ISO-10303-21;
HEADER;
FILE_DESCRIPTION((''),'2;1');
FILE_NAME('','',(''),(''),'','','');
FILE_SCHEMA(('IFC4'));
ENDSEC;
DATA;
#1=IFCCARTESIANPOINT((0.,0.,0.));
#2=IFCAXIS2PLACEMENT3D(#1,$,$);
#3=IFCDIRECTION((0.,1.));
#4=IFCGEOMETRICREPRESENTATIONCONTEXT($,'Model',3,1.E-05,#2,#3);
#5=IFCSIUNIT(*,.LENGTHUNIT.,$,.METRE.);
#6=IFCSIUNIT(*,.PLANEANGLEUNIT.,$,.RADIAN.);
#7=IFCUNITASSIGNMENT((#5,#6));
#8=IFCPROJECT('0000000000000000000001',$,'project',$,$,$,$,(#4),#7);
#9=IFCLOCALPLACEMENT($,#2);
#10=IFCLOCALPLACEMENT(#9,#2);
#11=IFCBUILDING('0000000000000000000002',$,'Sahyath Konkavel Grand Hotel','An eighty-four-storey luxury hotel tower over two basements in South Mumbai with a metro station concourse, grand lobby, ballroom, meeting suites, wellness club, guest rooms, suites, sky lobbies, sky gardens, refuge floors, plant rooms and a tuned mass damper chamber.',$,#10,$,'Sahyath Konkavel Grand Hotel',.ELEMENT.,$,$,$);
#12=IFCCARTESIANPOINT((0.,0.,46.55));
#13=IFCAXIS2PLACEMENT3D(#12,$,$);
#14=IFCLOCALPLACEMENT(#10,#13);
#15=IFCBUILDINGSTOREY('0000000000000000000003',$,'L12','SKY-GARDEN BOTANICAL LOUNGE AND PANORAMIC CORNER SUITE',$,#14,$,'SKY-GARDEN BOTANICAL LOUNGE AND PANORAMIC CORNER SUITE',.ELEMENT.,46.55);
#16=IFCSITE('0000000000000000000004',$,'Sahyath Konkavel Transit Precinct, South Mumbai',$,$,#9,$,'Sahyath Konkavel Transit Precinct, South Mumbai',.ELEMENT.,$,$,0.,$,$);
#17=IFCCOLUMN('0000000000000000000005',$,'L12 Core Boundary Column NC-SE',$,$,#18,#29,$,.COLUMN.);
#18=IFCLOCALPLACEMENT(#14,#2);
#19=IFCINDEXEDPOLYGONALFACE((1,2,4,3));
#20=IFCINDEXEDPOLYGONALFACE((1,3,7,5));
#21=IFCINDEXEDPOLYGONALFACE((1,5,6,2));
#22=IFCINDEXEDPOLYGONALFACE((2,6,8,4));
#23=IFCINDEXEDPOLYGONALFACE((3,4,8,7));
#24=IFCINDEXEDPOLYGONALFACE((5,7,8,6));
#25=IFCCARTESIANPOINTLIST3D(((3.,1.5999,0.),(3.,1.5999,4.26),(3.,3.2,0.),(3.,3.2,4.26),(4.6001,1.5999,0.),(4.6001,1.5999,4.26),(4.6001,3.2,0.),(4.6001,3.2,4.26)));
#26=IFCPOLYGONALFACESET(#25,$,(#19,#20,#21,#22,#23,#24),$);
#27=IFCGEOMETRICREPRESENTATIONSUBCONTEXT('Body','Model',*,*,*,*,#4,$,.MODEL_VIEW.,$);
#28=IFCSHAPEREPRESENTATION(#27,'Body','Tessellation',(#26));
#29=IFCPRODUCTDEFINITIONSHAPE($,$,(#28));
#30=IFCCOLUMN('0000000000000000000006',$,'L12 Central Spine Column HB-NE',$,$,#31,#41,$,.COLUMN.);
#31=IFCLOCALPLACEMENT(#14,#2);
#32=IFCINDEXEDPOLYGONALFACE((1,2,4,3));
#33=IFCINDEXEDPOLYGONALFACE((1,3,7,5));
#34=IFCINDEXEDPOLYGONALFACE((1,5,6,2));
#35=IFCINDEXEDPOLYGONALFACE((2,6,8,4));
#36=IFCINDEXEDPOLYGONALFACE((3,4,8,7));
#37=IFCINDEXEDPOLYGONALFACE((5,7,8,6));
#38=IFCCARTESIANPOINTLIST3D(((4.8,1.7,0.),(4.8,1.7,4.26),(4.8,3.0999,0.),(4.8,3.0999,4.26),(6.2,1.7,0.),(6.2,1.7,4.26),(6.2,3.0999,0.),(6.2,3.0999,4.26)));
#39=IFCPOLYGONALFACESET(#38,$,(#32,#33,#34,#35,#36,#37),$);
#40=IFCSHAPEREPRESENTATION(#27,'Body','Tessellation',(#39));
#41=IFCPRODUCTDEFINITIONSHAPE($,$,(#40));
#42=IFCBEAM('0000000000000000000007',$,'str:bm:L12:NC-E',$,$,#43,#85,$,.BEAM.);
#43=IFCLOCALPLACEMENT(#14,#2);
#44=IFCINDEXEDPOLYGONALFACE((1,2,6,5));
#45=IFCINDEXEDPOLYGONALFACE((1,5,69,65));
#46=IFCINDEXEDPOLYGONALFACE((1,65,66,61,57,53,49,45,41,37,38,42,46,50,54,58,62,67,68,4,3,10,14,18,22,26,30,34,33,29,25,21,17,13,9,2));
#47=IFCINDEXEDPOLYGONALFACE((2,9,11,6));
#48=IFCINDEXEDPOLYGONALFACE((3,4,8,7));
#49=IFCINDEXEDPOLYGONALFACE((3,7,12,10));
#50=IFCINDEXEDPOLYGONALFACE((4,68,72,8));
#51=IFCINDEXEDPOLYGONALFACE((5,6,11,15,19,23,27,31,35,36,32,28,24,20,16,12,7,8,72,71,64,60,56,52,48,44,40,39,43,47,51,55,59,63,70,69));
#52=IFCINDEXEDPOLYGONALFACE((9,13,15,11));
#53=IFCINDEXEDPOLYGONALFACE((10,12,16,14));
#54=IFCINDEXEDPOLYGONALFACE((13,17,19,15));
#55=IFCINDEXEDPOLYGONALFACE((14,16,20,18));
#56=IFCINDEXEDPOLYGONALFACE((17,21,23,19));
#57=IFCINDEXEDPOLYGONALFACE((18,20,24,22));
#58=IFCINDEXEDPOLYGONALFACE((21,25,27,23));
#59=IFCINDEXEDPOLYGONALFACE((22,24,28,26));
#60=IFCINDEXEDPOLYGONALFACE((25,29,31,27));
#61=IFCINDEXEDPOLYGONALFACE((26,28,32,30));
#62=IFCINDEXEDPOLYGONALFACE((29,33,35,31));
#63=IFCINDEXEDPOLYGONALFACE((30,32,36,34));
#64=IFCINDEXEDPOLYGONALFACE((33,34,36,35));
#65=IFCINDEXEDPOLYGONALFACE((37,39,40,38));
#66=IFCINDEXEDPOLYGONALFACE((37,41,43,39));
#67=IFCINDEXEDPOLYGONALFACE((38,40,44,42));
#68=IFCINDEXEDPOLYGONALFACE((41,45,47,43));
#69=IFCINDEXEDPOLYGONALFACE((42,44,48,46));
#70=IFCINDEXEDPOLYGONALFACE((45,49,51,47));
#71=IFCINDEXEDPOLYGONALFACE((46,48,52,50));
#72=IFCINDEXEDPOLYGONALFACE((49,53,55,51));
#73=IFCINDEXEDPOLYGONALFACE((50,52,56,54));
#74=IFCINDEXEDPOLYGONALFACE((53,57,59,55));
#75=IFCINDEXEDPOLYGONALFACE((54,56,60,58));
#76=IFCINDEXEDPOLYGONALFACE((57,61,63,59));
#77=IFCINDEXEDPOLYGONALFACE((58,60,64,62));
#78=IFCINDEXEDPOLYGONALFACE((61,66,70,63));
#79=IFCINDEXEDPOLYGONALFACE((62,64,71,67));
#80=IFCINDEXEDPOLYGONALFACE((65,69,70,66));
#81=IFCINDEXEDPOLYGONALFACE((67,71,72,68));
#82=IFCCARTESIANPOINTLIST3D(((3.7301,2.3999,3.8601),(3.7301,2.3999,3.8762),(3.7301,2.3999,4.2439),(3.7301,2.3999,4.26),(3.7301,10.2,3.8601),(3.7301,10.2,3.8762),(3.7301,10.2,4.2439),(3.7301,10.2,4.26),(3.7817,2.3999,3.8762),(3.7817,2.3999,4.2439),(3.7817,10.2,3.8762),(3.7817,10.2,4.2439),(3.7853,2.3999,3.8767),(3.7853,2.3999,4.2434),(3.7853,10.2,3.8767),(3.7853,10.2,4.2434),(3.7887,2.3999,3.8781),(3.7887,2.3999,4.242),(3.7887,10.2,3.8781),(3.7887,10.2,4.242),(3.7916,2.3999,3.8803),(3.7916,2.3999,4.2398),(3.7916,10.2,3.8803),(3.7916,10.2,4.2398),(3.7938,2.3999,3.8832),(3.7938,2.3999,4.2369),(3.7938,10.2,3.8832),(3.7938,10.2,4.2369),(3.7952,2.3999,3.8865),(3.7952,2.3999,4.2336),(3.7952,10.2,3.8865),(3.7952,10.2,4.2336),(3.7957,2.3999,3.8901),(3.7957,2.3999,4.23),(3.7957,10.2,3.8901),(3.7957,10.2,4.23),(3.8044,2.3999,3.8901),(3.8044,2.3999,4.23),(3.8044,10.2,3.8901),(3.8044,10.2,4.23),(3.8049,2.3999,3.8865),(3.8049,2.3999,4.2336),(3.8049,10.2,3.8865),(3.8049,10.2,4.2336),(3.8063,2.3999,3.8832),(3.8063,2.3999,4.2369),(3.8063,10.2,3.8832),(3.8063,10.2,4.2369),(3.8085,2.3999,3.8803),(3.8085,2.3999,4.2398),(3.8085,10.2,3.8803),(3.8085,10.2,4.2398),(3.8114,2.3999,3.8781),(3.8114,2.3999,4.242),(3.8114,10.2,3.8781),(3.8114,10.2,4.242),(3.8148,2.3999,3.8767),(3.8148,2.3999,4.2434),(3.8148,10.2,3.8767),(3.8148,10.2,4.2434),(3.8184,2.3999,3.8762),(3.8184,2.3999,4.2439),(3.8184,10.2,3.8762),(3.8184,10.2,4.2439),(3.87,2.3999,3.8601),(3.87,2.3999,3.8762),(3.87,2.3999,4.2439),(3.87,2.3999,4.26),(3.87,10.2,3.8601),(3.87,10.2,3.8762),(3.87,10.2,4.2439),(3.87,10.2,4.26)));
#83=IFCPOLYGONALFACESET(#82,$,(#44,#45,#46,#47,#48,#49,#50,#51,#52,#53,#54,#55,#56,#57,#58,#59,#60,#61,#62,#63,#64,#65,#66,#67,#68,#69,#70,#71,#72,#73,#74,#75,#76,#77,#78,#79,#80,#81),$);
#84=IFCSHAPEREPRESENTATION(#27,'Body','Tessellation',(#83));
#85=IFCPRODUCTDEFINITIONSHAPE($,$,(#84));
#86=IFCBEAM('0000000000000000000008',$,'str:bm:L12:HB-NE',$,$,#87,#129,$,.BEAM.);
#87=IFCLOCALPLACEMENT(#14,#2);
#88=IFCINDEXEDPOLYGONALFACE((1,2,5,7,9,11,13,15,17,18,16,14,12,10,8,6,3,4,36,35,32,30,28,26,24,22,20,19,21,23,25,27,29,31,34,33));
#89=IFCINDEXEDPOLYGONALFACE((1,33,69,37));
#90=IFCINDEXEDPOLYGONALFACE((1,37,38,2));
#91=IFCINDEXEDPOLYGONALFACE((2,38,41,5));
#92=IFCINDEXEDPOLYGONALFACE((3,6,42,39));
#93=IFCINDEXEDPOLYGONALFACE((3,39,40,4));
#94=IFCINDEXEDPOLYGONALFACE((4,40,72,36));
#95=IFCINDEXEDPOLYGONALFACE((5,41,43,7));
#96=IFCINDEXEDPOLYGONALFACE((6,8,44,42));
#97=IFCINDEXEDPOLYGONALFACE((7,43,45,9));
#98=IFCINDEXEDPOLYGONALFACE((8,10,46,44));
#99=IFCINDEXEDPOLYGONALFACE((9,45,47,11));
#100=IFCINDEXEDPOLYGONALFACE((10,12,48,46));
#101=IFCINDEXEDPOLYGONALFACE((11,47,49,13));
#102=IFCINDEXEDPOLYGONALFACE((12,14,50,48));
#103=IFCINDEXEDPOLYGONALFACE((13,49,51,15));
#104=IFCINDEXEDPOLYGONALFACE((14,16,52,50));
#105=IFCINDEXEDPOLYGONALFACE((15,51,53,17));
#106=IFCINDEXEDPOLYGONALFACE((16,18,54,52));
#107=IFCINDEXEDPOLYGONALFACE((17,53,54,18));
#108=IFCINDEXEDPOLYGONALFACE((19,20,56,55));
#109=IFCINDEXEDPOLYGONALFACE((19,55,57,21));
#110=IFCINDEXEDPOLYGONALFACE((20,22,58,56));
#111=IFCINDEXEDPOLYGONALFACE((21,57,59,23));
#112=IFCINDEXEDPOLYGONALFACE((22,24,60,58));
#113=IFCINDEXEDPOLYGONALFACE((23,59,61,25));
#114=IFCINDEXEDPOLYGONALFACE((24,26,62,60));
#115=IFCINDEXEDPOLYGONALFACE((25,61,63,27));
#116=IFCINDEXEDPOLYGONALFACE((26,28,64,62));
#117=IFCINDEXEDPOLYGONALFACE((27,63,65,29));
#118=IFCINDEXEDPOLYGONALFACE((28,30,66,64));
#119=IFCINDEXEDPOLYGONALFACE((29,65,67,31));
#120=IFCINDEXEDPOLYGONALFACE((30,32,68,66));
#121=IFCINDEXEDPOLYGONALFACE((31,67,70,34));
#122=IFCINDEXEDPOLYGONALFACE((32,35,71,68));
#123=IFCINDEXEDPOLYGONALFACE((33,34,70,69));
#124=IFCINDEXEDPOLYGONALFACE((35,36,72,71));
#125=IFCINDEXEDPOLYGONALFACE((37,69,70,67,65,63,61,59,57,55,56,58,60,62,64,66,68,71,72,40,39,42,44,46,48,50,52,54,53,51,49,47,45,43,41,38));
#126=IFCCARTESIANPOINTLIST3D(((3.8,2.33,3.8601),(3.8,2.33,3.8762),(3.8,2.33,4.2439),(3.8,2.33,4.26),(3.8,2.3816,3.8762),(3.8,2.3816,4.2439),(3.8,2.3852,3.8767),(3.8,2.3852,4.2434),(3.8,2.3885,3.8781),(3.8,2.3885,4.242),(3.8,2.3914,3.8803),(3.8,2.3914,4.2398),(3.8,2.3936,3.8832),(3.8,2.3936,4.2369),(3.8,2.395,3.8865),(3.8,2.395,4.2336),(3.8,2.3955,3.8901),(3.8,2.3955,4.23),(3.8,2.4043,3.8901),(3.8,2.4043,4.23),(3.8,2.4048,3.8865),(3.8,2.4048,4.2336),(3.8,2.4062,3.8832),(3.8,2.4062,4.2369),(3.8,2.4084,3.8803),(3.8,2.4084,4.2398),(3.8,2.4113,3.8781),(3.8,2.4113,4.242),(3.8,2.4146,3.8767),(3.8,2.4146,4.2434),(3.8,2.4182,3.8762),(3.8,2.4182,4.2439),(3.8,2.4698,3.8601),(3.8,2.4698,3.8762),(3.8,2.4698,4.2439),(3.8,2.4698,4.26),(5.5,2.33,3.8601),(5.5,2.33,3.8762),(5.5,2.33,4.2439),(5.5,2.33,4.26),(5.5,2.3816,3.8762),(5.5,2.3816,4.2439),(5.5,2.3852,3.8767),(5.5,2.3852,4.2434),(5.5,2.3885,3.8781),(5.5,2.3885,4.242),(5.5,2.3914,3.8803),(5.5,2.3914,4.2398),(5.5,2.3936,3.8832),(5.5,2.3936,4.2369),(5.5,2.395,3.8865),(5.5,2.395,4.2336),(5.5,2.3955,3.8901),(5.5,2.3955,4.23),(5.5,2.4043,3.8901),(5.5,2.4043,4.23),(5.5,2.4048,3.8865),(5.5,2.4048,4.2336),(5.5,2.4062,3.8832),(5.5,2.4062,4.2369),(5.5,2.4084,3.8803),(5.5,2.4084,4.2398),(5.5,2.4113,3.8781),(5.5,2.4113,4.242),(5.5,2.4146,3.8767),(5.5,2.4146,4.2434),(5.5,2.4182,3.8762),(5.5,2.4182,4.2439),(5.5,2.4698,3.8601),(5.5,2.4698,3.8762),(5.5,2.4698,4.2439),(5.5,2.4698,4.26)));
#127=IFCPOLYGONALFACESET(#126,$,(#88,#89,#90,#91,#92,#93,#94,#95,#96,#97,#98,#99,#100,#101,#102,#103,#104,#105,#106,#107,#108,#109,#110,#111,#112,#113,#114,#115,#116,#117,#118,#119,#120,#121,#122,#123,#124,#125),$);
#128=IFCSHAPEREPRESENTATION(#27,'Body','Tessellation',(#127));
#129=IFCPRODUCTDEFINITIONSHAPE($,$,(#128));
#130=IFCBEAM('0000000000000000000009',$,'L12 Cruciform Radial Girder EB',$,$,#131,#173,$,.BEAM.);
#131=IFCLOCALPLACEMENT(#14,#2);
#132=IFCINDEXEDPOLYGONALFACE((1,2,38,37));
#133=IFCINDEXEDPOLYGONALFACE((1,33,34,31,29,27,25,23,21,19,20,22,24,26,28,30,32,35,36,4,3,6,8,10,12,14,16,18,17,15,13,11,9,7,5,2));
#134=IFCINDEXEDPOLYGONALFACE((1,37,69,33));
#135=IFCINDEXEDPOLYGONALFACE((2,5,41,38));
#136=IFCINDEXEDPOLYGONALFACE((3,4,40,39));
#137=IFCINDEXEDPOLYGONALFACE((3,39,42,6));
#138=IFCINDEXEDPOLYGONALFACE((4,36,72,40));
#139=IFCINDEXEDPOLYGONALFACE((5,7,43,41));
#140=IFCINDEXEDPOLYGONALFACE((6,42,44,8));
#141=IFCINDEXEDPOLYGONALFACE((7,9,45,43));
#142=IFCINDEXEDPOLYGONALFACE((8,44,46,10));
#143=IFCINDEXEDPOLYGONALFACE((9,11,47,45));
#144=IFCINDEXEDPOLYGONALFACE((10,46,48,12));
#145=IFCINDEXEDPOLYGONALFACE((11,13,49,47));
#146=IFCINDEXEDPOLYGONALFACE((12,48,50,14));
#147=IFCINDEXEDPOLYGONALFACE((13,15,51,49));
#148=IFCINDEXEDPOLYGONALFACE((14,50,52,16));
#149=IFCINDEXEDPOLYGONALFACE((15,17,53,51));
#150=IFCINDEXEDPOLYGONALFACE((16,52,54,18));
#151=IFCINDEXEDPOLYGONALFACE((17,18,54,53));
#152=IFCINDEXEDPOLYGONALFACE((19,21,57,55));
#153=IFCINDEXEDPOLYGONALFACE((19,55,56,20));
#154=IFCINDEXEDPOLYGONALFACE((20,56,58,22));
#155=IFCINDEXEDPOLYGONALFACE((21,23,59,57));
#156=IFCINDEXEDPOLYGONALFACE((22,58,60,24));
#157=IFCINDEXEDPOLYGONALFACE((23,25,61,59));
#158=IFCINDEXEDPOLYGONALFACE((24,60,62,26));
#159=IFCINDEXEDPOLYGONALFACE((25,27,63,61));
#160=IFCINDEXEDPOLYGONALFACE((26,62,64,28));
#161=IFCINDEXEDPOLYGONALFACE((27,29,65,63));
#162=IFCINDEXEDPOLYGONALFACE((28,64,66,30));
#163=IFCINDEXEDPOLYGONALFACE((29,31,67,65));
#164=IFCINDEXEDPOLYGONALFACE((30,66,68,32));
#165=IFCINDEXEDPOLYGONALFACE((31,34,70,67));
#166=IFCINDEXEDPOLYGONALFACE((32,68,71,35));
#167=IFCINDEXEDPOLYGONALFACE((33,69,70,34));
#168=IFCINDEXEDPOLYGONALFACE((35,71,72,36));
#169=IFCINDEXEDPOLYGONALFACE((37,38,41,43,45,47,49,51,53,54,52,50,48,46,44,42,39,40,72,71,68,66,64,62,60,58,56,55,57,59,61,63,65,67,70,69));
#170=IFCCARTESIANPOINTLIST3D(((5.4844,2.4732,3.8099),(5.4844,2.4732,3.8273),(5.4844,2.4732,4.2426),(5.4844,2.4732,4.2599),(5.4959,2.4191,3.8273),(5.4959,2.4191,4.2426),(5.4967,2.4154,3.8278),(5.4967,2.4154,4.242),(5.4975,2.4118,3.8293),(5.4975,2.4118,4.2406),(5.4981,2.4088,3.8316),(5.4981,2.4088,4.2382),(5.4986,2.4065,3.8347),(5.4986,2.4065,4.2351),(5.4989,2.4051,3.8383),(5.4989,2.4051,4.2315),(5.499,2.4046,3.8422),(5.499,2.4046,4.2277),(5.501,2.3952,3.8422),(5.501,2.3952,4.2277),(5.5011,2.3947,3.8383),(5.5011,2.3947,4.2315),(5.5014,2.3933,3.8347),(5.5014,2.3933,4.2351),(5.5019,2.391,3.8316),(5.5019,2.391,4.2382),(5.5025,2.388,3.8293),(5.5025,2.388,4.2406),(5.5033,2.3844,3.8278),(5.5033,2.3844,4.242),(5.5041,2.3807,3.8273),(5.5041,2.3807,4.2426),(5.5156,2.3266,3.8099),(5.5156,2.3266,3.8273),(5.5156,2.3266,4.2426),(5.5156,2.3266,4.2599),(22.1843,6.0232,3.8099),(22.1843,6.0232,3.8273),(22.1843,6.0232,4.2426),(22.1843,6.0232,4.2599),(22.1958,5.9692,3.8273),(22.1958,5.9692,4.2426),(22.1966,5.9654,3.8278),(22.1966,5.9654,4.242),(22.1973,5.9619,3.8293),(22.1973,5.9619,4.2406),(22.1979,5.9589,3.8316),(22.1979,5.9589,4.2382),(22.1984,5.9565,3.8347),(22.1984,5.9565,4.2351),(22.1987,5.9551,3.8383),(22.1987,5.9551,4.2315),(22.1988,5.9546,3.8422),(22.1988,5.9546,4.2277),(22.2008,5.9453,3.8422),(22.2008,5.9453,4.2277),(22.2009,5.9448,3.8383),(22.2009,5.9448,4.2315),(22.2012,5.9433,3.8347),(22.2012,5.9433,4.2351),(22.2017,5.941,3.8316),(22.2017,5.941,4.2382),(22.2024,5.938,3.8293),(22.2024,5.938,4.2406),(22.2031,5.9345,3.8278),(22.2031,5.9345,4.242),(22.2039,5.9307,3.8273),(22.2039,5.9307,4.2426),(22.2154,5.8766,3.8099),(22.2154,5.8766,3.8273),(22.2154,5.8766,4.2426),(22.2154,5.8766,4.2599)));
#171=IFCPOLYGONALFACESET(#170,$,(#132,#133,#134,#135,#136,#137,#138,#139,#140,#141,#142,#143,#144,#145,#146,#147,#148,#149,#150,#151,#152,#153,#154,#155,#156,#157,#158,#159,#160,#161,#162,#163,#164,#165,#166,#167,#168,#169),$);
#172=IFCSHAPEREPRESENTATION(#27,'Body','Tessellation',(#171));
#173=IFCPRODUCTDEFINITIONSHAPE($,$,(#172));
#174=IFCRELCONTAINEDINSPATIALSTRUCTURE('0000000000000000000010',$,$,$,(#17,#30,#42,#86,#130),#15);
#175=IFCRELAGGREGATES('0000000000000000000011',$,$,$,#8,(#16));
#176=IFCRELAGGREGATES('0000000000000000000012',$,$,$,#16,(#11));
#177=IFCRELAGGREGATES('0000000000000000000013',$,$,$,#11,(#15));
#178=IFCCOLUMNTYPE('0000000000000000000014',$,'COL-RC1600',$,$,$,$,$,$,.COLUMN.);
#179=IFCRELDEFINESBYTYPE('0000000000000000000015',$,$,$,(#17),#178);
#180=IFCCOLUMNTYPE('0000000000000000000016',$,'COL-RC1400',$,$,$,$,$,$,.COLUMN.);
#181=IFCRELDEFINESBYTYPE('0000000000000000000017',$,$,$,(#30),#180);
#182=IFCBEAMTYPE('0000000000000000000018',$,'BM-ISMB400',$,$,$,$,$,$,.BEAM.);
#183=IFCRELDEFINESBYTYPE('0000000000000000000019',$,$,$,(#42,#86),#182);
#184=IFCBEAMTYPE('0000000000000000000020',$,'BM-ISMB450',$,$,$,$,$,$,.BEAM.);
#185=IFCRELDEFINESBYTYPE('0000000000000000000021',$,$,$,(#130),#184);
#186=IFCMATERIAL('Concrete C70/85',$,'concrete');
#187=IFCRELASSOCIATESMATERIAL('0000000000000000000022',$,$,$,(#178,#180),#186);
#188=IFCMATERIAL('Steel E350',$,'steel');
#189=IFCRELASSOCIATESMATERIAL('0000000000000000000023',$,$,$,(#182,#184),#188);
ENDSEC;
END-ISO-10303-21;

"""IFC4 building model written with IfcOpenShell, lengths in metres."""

from ifc_helpers import new_model, si_unit, direction, frame, origin, origin_2d, place, context, subcontext, project, spatial, rectangle, i_section, extrude, source, transform, mapped, material, material_profile, profile_set, type_object, element, save


model = new_model("IFC4")

# Units and contexts
model_context = context("Model", 3, precision=1e-05, world=origin(), true_north=direction((0.0, 1.0)))
body_context = subcontext(model_context, "Body", "Model", "MODEL_VIEW")
ifc_project = project(units=[si_unit("LENGTHUNIT", "METRE"), si_unit("PLANEANGLEUNIT", "RADIAN")], contexts=[model_context])

# Site, building, storey
site_placement = place(None, origin())
site = spatial("IfcSite", under=ifc_project, at=site_placement, Name="Sahyath Konkavel Transit Precinct, South Mumbai", LongName="Sahyath Konkavel Transit Precinct, South Mumbai", CompositionType="ELEMENT", RefElevation=0.0)
building_placement = place(site_placement, origin())
building = spatial("IfcBuilding", under=site, at=building_placement, Name="Sahyath Konkavel Grand Hotel", Description="An eighty-four-storey luxury hotel tower over two basements in South Mumbai with a metro station concourse, grand lobby, ballroom, meeting suites, wellness club, guest rooms, suites, sky lobbies, sky gardens, refuge floors, plant rooms and a tuned mass damper chamber.", LongName="Sahyath Konkavel Grand Hotel", CompositionType="ELEMENT")
storey_placement = place(building_placement, frame((0.0, 0.0, 46.55)))
storey = spatial("IfcBuildingStorey", under=building, at=storey_placement, Name="L12", Description="SKY-GARDEN BOTANICAL LOUNGE AND PANORAMIC CORNER SUITE", LongName="SKY-GARDEN BOTANICAL LOUNGE AND PANORAMIC CORNER SUITE", CompositionType="ELEMENT", Elevation=46.55)

# Columns
ifc_material_1 = material(Name="Concrete C70/85", Category="concrete")
ifc_material_profile_1 = material_profile(ifc_material_1, rectangle(XDim=1.6001, YDim=1.6001, at=origin_2d()), Name="RC 1600x1600")
ifc_profile_set_1 = profile_set([ifc_material_profile_1], Name="Concrete C70/85")
column_type_1 = type_object("IfcColumnType", Name="COL-RC1600", PredefinedType="COLUMN", material=ifc_profile_set_1)
shared_shape_1 = source(origin(), body_context, "Body", "SweptSolid", [
    extrude(rectangle(XDim=1.6001, YDim=1.6001, at=origin_2d()), origin(), (0.0, 0.0, 1.0), 4.26),
])
column_1_placement = place(storey_placement, frame((3.8, 2.3999, 0.0), z_axis=(0.0, 0.0, 1.0), x_axis=(1.0, 0.0, 0.0)))
element("IfcColumn", 1, at=column_1_placement, inside=storey, type_object=column_type_1, Name="L12 Core Boundary Column NC-SE", PredefinedType="COLUMN", context=body_context, shape_type="MappedRepresentation", body=[
    mapped(shared_shape_1, transform((0.0, 0.0, 0.0), scale=1.0)),
])
ifc_material_profile_2 = material_profile(ifc_material_1, rectangle(XDim=1.3999, YDim=1.3999, at=origin_2d()), Name="RC 1400x1400")
ifc_profile_set_2 = profile_set([ifc_material_profile_2], Name="Concrete C70/85")
column_type_2 = type_object("IfcColumnType", Name="COL-RC1400", PredefinedType="COLUMN", material=ifc_profile_set_2)
shared_shape_2 = source(origin(), body_context, "Body", "SweptSolid", [
    extrude(rectangle(XDim=1.3999, YDim=1.3999, at=origin_2d()), origin(), (0.0, 0.0, 1.0), 4.26),
])
column_2_placement = place(storey_placement, frame((5.5, 2.3999, 0.0), z_axis=(0.0, 0.0, 1.0), x_axis=(1.0, 0.0, 0.0)))
element("IfcColumn", 2, at=column_2_placement, inside=storey, type_object=column_type_2, Name="L12 Central Spine Column HB-NE", PredefinedType="COLUMN", context=body_context, shape_type="MappedRepresentation", body=[
    mapped(shared_shape_2, transform((0.0, 0.0, 0.0), scale=1.0)),
])

# Beams
ifc_material_2 = material(Name="Steel E350", Category="steel")
ifc_material_profile_3 = material_profile(ifc_material_2, i_section(OverallWidth=0.1399, OverallDepth=0.3999, WebThickness=0.0088, FlangeThickness=0.0161, FilletRadius=0.0139, at=origin_2d()), Name="ISMB 400")
ifc_profile_set_3 = profile_set([ifc_material_profile_3], Name="Steel E350")
beam_type_1 = type_object("IfcBeamType", Name="BM-ISMB400", PredefinedType="BEAM", material=ifc_profile_set_3)
shared_shape_3 = source(origin(), body_context, "Body", "SweptSolid", [
    extrude(i_section(OverallWidth=0.1399, OverallDepth=0.3999, WebThickness=0.0088, FlangeThickness=0.0161, FilletRadius=0.0139, at=origin_2d()), origin(), (0.0, 0.0, 1.0), 7.8),
])
beam_1_placement = place(storey_placement, frame((3.8, 2.3999, 4.0601), z_axis=(0.0, 1.0, 0.0), x_axis=(-1.0, 0.0, 0.0)))
element("IfcBeam", 3, at=beam_1_placement, inside=storey, type_object=beam_type_1, Name="str:bm:L12:NC-E", PredefinedType="BEAM", context=body_context, shape_type="MappedRepresentation", body=[
    mapped(shared_shape_3, transform((0.0, 0.0, 0.0), scale=1.0)),
])
shared_shape_4 = source(origin(), body_context, "Body", "SweptSolid", [
    extrude(i_section(OverallWidth=0.1399, OverallDepth=0.3999, WebThickness=0.0088, FlangeThickness=0.0161, FilletRadius=0.0139, at=origin_2d()), origin(), (0.0, 0.0, 1.0), 1.7),
])
beam_2_placement = place(storey_placement, frame((3.8, 2.3999, 4.0601), z_axis=(1.0, 0.0, 0.0), x_axis=(0.0, 1.0, 0.0)))
element("IfcBeam", 4, at=beam_2_placement, inside=storey, type_object=beam_type_1, Name="str:bm:L12:HB-NE", PredefinedType="BEAM", context=body_context, shape_type="MappedRepresentation", body=[
    mapped(shared_shape_4, transform((0.0, 0.0, 0.0), scale=1.0)),
])
ifc_material_profile_4 = material_profile(ifc_material_2, i_section(OverallWidth=0.1499, OverallDepth=0.45, WebThickness=0.0095, FlangeThickness=0.0173, FilletRadius=0.0149, at=origin_2d()), Name="ISMB 450")
ifc_profile_set_4 = profile_set([ifc_material_profile_4], Name="Steel E350")
beam_type_2 = type_object("IfcBeamType", Name="BM-ISMB450", PredefinedType="BEAM", material=ifc_profile_set_4)
shared_shape_5 = source(origin(), body_context, "Body", "SweptSolid", [
    extrude(i_section(OverallWidth=0.1499, OverallDepth=0.45, WebThickness=0.0095, FlangeThickness=0.0173, FilletRadius=0.0149, at=origin_2d()), origin(), (0.0, 0.0, 1.0), 17.073),
])
beam_3_placement = place(storey_placement, frame((5.5, 2.3999, 4.0349), z_axis=(0.978143, 0.207932, 0.0), x_axis=(-0.207932, 0.978143, 0.0)))
element("IfcBeam", 5, at=beam_3_placement, inside=storey, type_object=beam_type_2, Name="L12 Cruciform Radial Girder EB", PredefinedType="BEAM", context=body_context, shape_type="MappedRepresentation", body=[
    mapped(shared_shape_5, transform((0.0, 0.0, 0.0), scale=1.0)),
])

save(model, "model.ifc")
